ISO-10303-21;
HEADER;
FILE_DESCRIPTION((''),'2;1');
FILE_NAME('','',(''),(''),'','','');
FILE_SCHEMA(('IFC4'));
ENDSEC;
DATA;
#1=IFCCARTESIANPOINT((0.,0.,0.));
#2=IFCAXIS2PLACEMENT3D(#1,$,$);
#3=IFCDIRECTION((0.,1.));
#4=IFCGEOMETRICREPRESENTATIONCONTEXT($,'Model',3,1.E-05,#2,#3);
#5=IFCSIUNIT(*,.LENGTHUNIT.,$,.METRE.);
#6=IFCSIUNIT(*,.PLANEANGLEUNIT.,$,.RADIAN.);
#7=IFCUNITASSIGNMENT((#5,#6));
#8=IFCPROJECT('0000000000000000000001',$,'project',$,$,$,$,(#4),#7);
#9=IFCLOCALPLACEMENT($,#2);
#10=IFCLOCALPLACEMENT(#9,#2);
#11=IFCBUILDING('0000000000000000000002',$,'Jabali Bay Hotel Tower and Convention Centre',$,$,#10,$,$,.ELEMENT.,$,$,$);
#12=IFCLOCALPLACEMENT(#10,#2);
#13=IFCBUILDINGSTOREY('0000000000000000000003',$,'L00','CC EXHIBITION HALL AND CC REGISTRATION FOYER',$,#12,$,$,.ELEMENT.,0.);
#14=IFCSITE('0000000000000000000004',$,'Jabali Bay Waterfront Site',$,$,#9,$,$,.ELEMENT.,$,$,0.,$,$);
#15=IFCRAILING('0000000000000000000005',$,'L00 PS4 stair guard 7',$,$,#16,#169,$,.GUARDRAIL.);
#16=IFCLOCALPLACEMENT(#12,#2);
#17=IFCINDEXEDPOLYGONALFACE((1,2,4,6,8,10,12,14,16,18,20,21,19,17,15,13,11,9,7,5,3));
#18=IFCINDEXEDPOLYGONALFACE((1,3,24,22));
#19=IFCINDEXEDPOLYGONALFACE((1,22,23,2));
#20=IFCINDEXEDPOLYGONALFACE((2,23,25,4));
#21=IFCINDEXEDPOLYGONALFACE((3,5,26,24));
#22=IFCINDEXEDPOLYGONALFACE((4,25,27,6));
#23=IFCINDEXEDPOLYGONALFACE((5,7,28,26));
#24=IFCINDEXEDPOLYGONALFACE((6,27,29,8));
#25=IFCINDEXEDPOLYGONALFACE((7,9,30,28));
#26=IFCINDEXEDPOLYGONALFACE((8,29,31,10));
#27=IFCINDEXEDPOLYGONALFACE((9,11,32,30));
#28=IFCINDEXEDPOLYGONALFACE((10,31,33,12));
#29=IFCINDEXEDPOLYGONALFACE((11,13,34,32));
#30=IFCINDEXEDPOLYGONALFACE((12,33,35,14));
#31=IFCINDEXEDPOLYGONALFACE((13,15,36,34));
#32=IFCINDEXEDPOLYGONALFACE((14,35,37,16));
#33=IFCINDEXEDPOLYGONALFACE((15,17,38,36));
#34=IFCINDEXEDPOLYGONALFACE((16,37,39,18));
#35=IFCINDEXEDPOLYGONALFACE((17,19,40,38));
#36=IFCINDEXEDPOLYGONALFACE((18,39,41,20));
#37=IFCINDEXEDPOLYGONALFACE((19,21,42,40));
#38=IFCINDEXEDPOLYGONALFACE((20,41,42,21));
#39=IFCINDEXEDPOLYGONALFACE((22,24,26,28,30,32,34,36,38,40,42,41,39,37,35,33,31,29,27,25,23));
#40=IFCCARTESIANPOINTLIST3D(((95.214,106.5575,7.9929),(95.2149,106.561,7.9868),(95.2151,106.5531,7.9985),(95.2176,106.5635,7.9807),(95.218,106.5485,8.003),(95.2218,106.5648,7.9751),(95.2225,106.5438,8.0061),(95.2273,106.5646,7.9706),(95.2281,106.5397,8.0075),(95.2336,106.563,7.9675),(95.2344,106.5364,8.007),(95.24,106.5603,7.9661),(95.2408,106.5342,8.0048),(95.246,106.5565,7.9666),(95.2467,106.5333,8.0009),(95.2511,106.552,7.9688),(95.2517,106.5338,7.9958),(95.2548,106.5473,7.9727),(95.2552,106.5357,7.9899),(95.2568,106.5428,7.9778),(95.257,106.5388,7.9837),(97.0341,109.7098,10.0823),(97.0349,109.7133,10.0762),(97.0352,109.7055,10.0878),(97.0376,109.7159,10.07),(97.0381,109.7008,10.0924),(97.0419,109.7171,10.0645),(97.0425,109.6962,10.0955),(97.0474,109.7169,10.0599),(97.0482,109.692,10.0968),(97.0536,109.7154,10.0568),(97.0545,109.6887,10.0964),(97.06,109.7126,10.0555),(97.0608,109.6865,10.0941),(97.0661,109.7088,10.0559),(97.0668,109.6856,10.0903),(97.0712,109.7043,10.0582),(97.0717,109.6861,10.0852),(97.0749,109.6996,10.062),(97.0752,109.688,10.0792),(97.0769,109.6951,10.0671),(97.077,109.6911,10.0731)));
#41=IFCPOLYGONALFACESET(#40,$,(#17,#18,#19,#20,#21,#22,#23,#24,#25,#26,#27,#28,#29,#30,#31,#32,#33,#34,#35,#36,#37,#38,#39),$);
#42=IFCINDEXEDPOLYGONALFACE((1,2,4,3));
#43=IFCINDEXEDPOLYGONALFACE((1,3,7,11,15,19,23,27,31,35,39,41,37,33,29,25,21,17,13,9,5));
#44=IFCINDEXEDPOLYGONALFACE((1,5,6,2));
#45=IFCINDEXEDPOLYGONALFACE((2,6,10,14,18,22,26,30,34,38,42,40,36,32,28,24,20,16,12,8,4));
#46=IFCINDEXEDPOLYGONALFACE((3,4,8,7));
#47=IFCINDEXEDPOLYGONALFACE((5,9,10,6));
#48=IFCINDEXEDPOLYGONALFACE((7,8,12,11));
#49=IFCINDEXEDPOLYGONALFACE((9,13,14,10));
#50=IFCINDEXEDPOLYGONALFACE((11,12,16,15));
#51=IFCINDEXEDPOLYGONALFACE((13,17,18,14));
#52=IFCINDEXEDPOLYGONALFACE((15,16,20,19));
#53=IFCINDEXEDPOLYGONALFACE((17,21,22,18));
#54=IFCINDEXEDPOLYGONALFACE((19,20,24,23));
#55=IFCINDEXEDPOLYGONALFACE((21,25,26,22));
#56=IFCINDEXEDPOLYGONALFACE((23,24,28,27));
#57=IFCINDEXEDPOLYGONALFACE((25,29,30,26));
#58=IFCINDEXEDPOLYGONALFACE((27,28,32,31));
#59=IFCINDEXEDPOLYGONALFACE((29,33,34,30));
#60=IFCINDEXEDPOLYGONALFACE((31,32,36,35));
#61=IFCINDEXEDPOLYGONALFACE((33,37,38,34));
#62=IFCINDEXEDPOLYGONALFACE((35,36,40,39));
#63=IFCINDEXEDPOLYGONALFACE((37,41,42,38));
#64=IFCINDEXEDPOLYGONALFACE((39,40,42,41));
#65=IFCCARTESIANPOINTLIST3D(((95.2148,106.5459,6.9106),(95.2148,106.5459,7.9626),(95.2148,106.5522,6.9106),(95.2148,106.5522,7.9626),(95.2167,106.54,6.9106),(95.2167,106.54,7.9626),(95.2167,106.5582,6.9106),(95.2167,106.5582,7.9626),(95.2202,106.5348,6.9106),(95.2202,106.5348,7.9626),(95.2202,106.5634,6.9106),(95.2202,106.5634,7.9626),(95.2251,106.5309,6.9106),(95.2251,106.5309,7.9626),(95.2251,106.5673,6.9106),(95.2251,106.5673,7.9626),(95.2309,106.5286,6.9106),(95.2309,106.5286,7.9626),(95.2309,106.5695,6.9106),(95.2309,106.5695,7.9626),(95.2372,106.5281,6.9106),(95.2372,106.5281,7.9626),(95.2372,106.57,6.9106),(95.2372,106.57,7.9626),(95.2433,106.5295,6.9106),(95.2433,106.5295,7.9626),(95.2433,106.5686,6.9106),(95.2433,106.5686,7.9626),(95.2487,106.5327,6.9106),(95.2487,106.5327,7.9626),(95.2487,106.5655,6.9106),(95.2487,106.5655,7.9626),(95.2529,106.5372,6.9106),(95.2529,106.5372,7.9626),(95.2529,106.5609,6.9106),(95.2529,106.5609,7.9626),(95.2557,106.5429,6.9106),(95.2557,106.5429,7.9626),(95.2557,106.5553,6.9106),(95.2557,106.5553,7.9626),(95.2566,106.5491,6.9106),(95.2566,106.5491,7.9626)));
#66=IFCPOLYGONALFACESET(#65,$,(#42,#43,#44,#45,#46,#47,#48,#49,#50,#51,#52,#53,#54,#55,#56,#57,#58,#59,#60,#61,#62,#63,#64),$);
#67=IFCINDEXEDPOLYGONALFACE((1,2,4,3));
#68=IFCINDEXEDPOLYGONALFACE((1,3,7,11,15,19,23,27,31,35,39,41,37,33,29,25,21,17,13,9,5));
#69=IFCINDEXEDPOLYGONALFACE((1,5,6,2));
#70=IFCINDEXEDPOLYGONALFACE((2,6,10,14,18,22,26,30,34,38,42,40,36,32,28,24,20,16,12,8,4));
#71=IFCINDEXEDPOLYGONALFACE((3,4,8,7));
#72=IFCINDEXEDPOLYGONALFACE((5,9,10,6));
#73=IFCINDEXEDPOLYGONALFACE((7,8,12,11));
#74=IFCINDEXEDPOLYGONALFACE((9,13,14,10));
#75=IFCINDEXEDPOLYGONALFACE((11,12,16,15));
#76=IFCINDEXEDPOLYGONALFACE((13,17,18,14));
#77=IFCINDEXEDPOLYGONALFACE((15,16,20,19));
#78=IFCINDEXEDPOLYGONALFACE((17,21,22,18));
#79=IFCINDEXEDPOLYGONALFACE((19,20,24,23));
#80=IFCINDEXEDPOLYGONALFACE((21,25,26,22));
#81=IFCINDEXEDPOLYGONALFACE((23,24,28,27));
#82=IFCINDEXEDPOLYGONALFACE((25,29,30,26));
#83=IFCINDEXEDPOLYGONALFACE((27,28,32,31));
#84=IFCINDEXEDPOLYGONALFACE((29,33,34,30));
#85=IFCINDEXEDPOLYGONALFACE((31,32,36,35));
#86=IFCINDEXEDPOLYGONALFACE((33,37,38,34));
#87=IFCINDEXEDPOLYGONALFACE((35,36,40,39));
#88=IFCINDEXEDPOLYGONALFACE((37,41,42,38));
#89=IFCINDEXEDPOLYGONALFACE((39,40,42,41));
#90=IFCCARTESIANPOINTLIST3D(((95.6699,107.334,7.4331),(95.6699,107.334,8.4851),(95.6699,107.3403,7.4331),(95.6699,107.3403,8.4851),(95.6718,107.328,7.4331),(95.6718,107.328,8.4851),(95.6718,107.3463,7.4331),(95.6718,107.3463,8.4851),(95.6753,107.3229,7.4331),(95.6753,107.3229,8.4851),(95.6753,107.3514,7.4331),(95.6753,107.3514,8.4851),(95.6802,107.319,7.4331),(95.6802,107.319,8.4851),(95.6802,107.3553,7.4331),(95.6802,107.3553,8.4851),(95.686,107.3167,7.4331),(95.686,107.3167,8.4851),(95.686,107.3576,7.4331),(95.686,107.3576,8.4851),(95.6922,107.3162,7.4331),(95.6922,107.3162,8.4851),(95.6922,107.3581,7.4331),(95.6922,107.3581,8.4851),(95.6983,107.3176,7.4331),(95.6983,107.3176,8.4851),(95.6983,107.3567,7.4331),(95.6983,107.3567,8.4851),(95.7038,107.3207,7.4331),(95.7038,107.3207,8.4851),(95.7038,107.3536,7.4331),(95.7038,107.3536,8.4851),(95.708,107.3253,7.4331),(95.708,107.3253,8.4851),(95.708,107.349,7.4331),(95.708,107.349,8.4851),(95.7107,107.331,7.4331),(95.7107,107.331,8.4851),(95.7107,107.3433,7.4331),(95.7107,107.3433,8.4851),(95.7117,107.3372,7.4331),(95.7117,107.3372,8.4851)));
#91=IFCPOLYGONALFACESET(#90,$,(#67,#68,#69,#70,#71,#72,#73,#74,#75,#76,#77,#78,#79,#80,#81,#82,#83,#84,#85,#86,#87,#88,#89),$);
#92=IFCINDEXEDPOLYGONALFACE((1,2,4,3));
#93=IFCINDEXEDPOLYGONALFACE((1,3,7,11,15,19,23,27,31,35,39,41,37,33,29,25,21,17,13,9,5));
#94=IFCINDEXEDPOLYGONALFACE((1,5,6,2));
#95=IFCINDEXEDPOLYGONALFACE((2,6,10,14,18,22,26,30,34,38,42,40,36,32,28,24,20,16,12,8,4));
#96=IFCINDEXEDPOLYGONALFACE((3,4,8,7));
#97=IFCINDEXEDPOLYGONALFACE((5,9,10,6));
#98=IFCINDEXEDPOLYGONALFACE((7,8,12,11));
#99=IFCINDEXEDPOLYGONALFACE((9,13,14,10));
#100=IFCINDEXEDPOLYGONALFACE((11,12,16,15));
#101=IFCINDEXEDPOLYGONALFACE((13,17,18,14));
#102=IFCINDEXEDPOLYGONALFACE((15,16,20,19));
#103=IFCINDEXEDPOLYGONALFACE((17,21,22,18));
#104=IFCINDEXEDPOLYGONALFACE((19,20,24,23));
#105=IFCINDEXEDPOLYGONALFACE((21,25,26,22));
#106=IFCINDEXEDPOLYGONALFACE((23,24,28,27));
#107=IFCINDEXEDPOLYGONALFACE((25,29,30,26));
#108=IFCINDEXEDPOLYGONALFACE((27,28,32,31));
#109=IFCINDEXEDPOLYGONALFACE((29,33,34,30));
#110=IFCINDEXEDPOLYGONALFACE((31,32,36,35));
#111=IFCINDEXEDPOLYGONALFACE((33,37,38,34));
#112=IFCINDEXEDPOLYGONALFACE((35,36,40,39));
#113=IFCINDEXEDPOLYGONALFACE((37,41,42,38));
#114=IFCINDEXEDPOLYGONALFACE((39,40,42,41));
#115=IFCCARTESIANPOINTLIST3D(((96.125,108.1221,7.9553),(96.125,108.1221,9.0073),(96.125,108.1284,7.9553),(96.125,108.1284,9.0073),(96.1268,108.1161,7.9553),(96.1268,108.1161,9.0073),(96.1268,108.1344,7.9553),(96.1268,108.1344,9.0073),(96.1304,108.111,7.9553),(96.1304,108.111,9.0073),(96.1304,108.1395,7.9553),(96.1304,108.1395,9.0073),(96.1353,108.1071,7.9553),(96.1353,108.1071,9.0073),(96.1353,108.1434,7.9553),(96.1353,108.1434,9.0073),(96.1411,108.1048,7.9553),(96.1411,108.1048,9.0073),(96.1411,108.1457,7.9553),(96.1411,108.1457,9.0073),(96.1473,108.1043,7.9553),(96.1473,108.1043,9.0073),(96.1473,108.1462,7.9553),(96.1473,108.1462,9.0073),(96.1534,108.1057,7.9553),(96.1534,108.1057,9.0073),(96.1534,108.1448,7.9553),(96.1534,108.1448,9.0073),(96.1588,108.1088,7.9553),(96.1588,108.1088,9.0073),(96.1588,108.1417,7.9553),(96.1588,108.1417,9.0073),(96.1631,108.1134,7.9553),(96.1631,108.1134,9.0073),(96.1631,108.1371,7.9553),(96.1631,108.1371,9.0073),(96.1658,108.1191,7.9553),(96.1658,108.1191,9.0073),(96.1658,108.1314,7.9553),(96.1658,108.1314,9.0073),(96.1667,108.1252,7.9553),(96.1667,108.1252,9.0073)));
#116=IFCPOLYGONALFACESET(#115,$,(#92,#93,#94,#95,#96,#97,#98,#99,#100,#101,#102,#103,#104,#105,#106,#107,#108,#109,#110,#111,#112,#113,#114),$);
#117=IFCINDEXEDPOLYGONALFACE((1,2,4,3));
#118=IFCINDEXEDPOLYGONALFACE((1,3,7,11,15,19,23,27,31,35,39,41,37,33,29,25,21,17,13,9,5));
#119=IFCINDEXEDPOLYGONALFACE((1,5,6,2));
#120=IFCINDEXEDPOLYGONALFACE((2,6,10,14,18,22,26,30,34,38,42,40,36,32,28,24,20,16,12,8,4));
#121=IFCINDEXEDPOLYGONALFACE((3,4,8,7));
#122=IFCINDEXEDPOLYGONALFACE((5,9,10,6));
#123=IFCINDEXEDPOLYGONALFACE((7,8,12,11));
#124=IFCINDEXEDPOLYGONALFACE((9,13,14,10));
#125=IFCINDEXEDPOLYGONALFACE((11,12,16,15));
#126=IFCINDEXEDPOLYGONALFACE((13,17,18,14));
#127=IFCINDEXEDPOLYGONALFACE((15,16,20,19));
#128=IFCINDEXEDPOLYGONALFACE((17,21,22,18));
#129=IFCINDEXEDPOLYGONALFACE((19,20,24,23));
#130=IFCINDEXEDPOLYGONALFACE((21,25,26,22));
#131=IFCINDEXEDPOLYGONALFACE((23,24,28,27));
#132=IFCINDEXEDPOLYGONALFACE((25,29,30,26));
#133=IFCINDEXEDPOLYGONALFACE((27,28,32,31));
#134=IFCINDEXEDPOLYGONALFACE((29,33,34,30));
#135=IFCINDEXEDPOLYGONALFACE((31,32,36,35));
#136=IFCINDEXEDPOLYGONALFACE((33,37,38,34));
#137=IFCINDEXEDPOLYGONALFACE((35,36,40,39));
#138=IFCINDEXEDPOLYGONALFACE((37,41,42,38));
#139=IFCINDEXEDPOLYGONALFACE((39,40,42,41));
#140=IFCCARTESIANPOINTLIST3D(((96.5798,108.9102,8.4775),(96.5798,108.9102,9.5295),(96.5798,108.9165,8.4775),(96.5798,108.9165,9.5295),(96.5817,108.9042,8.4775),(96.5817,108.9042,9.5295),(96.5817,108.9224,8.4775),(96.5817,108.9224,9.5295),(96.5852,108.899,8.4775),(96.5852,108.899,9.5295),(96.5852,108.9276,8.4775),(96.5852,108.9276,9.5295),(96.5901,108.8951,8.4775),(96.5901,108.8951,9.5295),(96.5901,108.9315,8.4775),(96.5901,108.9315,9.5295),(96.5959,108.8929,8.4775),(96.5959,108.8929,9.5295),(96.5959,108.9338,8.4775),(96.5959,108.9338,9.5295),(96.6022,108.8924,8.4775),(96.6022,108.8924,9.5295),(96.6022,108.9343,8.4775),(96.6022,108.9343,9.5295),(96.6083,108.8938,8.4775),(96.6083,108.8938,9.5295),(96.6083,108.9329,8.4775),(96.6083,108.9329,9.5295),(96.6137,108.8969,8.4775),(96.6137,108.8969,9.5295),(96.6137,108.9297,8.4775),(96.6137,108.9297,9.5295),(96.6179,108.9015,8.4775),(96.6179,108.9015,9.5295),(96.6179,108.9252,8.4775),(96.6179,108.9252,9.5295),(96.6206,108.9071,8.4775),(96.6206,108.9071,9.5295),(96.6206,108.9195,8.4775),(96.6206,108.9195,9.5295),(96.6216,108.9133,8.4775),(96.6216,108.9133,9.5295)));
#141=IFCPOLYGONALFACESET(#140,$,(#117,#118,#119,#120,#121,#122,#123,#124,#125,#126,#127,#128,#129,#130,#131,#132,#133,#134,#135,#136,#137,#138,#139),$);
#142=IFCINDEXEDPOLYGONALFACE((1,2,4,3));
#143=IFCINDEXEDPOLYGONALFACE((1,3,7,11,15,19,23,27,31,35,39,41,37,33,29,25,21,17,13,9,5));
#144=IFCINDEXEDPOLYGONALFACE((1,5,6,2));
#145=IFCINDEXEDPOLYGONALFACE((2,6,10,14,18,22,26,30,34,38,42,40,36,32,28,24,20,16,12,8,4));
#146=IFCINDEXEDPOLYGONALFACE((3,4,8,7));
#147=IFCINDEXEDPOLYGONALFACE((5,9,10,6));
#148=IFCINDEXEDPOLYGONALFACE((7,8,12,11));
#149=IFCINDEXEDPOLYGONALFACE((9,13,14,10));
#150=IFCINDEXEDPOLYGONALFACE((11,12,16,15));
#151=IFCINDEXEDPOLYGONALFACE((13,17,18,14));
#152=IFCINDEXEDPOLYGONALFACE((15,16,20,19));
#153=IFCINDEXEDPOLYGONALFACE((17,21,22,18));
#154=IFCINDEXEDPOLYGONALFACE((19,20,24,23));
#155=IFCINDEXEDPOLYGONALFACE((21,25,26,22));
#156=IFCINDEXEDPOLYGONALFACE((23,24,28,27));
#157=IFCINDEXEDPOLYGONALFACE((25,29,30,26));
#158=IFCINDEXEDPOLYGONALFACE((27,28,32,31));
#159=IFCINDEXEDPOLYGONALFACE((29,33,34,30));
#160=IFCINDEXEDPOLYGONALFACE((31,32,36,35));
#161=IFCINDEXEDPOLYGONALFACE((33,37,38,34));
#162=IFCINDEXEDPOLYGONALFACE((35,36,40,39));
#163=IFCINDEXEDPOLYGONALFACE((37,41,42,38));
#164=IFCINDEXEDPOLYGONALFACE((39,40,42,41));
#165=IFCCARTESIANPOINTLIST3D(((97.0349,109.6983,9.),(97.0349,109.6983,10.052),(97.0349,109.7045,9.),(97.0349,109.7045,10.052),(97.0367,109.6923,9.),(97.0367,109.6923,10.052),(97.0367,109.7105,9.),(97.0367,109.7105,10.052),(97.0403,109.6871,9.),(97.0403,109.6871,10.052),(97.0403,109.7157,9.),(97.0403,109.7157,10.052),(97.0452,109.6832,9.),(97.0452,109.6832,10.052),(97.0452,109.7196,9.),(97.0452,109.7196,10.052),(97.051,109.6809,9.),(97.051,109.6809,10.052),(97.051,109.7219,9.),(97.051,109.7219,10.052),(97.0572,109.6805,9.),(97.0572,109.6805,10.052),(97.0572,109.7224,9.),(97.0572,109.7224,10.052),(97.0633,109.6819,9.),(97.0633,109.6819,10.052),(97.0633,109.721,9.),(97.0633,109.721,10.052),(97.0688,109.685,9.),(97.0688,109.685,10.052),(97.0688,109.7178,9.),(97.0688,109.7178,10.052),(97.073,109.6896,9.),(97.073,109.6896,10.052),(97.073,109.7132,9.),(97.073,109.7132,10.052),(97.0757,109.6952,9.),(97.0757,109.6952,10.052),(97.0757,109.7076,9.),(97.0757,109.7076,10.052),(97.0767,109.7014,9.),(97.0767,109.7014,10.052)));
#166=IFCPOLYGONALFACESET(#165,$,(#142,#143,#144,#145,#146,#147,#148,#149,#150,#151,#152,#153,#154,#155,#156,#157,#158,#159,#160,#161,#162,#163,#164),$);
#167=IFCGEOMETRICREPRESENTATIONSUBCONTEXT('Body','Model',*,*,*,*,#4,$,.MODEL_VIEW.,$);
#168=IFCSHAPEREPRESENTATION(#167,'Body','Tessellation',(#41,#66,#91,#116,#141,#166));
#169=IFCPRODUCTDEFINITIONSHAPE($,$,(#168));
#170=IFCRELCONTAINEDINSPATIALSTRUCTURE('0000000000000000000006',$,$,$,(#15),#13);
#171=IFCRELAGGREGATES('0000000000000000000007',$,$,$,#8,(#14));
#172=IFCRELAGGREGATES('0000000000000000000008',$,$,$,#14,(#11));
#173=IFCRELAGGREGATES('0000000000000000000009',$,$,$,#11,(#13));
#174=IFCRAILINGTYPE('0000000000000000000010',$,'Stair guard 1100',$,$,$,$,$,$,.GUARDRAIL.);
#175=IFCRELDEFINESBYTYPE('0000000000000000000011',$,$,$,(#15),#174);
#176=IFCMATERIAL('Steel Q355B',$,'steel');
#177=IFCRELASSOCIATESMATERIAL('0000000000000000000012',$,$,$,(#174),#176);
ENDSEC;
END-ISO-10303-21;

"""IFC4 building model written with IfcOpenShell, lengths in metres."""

from ifc_helpers import new_model, si_unit, direction, frame, origin, origin_2d, place, context, subcontext, project, spatial, circle, extrude, material, type_object, element, save


model = new_model("IFC4")

# Units and contexts
model_context = context("Model", 3, precision=1e-05, world=origin(), true_north=direction((0.0, 1.0)))
body_context = subcontext(model_context, "Body", "Model", "MODEL_VIEW")
ifc_project = project(units=[si_unit("LENGTHUNIT", "METRE"), si_unit("PLANEANGLEUNIT", "RADIAN")], contexts=[model_context])

# Site, building, storey
site_placement = place(None, origin())
site = spatial("IfcSite", under=ifc_project, at=site_placement, Name="Jabali Bay Waterfront Site", CompositionType="ELEMENT", RefElevation=0.0)
building_placement = place(site_placement, origin())
building = spatial("IfcBuilding", under=site, at=building_placement, Name="Jabali Bay Hotel Tower and Convention Centre", CompositionType="ELEMENT")
storey_placement = place(building_placement, origin())
storey = spatial("IfcBuildingStorey", under=building, at=storey_placement, Name="L00", Description="CC EXHIBITION HALL AND CC REGISTRATION FOYER", CompositionType="ELEMENT", Elevation=0.0)

# Railing
ifc_material_1 = material(Name="Steel Q355B", Category="steel")
railing_type_1 = type_object("IfcRailingType", Name="Stair guard 1100", PredefinedType="GUARDRAIL", material=ifc_material_1)
railing_1_placement = place(storey_placement, frame((95.2356, 106.5491, 6.9106)))
element("IfcRailing", 1, at=railing_1_placement, inside=storey, type_object=railing_type_1, Name="L00 PS4 stair guard 7", PredefinedType="GUARDRAIL", context=body_context, shape_type="SweptSolid", body=[
    extrude(circle(Radius=0.0239, at=origin_2d()), frame((0.0, 0.0, 1.0762), z_axis=(0.433653, 0.751084, 0.497814), x_axis=(-0.866018, 0.500013, 0.0)), (0.0, 0.0, 1.0), 4.197),
    extrude(circle(Radius=0.021, at=origin_2d()), origin(), (0.0, 0.0, 1.0), 1.052),
    extrude(circle(Radius=0.021, at=origin_2d()), frame((0.4551, 0.7881, 0.5225)), (0.0, 0.0, 1.0), 1.052),
    extrude(circle(Radius=0.021, at=origin_2d()), frame((0.9102, 1.5762, 1.0447)), (0.0, 0.0, 1.0), 1.052),
    extrude(circle(Radius=0.021, at=origin_2d()), frame((1.365, 2.3643, 1.5669)), (0.0, 0.0, 1.0), 1.052),
    extrude(circle(Radius=0.021, at=origin_2d()), frame((1.8201, 3.1523, 2.0894)), (0.0, 0.0, 1.0), 1.052),
])

save(model, "model.ifc")
